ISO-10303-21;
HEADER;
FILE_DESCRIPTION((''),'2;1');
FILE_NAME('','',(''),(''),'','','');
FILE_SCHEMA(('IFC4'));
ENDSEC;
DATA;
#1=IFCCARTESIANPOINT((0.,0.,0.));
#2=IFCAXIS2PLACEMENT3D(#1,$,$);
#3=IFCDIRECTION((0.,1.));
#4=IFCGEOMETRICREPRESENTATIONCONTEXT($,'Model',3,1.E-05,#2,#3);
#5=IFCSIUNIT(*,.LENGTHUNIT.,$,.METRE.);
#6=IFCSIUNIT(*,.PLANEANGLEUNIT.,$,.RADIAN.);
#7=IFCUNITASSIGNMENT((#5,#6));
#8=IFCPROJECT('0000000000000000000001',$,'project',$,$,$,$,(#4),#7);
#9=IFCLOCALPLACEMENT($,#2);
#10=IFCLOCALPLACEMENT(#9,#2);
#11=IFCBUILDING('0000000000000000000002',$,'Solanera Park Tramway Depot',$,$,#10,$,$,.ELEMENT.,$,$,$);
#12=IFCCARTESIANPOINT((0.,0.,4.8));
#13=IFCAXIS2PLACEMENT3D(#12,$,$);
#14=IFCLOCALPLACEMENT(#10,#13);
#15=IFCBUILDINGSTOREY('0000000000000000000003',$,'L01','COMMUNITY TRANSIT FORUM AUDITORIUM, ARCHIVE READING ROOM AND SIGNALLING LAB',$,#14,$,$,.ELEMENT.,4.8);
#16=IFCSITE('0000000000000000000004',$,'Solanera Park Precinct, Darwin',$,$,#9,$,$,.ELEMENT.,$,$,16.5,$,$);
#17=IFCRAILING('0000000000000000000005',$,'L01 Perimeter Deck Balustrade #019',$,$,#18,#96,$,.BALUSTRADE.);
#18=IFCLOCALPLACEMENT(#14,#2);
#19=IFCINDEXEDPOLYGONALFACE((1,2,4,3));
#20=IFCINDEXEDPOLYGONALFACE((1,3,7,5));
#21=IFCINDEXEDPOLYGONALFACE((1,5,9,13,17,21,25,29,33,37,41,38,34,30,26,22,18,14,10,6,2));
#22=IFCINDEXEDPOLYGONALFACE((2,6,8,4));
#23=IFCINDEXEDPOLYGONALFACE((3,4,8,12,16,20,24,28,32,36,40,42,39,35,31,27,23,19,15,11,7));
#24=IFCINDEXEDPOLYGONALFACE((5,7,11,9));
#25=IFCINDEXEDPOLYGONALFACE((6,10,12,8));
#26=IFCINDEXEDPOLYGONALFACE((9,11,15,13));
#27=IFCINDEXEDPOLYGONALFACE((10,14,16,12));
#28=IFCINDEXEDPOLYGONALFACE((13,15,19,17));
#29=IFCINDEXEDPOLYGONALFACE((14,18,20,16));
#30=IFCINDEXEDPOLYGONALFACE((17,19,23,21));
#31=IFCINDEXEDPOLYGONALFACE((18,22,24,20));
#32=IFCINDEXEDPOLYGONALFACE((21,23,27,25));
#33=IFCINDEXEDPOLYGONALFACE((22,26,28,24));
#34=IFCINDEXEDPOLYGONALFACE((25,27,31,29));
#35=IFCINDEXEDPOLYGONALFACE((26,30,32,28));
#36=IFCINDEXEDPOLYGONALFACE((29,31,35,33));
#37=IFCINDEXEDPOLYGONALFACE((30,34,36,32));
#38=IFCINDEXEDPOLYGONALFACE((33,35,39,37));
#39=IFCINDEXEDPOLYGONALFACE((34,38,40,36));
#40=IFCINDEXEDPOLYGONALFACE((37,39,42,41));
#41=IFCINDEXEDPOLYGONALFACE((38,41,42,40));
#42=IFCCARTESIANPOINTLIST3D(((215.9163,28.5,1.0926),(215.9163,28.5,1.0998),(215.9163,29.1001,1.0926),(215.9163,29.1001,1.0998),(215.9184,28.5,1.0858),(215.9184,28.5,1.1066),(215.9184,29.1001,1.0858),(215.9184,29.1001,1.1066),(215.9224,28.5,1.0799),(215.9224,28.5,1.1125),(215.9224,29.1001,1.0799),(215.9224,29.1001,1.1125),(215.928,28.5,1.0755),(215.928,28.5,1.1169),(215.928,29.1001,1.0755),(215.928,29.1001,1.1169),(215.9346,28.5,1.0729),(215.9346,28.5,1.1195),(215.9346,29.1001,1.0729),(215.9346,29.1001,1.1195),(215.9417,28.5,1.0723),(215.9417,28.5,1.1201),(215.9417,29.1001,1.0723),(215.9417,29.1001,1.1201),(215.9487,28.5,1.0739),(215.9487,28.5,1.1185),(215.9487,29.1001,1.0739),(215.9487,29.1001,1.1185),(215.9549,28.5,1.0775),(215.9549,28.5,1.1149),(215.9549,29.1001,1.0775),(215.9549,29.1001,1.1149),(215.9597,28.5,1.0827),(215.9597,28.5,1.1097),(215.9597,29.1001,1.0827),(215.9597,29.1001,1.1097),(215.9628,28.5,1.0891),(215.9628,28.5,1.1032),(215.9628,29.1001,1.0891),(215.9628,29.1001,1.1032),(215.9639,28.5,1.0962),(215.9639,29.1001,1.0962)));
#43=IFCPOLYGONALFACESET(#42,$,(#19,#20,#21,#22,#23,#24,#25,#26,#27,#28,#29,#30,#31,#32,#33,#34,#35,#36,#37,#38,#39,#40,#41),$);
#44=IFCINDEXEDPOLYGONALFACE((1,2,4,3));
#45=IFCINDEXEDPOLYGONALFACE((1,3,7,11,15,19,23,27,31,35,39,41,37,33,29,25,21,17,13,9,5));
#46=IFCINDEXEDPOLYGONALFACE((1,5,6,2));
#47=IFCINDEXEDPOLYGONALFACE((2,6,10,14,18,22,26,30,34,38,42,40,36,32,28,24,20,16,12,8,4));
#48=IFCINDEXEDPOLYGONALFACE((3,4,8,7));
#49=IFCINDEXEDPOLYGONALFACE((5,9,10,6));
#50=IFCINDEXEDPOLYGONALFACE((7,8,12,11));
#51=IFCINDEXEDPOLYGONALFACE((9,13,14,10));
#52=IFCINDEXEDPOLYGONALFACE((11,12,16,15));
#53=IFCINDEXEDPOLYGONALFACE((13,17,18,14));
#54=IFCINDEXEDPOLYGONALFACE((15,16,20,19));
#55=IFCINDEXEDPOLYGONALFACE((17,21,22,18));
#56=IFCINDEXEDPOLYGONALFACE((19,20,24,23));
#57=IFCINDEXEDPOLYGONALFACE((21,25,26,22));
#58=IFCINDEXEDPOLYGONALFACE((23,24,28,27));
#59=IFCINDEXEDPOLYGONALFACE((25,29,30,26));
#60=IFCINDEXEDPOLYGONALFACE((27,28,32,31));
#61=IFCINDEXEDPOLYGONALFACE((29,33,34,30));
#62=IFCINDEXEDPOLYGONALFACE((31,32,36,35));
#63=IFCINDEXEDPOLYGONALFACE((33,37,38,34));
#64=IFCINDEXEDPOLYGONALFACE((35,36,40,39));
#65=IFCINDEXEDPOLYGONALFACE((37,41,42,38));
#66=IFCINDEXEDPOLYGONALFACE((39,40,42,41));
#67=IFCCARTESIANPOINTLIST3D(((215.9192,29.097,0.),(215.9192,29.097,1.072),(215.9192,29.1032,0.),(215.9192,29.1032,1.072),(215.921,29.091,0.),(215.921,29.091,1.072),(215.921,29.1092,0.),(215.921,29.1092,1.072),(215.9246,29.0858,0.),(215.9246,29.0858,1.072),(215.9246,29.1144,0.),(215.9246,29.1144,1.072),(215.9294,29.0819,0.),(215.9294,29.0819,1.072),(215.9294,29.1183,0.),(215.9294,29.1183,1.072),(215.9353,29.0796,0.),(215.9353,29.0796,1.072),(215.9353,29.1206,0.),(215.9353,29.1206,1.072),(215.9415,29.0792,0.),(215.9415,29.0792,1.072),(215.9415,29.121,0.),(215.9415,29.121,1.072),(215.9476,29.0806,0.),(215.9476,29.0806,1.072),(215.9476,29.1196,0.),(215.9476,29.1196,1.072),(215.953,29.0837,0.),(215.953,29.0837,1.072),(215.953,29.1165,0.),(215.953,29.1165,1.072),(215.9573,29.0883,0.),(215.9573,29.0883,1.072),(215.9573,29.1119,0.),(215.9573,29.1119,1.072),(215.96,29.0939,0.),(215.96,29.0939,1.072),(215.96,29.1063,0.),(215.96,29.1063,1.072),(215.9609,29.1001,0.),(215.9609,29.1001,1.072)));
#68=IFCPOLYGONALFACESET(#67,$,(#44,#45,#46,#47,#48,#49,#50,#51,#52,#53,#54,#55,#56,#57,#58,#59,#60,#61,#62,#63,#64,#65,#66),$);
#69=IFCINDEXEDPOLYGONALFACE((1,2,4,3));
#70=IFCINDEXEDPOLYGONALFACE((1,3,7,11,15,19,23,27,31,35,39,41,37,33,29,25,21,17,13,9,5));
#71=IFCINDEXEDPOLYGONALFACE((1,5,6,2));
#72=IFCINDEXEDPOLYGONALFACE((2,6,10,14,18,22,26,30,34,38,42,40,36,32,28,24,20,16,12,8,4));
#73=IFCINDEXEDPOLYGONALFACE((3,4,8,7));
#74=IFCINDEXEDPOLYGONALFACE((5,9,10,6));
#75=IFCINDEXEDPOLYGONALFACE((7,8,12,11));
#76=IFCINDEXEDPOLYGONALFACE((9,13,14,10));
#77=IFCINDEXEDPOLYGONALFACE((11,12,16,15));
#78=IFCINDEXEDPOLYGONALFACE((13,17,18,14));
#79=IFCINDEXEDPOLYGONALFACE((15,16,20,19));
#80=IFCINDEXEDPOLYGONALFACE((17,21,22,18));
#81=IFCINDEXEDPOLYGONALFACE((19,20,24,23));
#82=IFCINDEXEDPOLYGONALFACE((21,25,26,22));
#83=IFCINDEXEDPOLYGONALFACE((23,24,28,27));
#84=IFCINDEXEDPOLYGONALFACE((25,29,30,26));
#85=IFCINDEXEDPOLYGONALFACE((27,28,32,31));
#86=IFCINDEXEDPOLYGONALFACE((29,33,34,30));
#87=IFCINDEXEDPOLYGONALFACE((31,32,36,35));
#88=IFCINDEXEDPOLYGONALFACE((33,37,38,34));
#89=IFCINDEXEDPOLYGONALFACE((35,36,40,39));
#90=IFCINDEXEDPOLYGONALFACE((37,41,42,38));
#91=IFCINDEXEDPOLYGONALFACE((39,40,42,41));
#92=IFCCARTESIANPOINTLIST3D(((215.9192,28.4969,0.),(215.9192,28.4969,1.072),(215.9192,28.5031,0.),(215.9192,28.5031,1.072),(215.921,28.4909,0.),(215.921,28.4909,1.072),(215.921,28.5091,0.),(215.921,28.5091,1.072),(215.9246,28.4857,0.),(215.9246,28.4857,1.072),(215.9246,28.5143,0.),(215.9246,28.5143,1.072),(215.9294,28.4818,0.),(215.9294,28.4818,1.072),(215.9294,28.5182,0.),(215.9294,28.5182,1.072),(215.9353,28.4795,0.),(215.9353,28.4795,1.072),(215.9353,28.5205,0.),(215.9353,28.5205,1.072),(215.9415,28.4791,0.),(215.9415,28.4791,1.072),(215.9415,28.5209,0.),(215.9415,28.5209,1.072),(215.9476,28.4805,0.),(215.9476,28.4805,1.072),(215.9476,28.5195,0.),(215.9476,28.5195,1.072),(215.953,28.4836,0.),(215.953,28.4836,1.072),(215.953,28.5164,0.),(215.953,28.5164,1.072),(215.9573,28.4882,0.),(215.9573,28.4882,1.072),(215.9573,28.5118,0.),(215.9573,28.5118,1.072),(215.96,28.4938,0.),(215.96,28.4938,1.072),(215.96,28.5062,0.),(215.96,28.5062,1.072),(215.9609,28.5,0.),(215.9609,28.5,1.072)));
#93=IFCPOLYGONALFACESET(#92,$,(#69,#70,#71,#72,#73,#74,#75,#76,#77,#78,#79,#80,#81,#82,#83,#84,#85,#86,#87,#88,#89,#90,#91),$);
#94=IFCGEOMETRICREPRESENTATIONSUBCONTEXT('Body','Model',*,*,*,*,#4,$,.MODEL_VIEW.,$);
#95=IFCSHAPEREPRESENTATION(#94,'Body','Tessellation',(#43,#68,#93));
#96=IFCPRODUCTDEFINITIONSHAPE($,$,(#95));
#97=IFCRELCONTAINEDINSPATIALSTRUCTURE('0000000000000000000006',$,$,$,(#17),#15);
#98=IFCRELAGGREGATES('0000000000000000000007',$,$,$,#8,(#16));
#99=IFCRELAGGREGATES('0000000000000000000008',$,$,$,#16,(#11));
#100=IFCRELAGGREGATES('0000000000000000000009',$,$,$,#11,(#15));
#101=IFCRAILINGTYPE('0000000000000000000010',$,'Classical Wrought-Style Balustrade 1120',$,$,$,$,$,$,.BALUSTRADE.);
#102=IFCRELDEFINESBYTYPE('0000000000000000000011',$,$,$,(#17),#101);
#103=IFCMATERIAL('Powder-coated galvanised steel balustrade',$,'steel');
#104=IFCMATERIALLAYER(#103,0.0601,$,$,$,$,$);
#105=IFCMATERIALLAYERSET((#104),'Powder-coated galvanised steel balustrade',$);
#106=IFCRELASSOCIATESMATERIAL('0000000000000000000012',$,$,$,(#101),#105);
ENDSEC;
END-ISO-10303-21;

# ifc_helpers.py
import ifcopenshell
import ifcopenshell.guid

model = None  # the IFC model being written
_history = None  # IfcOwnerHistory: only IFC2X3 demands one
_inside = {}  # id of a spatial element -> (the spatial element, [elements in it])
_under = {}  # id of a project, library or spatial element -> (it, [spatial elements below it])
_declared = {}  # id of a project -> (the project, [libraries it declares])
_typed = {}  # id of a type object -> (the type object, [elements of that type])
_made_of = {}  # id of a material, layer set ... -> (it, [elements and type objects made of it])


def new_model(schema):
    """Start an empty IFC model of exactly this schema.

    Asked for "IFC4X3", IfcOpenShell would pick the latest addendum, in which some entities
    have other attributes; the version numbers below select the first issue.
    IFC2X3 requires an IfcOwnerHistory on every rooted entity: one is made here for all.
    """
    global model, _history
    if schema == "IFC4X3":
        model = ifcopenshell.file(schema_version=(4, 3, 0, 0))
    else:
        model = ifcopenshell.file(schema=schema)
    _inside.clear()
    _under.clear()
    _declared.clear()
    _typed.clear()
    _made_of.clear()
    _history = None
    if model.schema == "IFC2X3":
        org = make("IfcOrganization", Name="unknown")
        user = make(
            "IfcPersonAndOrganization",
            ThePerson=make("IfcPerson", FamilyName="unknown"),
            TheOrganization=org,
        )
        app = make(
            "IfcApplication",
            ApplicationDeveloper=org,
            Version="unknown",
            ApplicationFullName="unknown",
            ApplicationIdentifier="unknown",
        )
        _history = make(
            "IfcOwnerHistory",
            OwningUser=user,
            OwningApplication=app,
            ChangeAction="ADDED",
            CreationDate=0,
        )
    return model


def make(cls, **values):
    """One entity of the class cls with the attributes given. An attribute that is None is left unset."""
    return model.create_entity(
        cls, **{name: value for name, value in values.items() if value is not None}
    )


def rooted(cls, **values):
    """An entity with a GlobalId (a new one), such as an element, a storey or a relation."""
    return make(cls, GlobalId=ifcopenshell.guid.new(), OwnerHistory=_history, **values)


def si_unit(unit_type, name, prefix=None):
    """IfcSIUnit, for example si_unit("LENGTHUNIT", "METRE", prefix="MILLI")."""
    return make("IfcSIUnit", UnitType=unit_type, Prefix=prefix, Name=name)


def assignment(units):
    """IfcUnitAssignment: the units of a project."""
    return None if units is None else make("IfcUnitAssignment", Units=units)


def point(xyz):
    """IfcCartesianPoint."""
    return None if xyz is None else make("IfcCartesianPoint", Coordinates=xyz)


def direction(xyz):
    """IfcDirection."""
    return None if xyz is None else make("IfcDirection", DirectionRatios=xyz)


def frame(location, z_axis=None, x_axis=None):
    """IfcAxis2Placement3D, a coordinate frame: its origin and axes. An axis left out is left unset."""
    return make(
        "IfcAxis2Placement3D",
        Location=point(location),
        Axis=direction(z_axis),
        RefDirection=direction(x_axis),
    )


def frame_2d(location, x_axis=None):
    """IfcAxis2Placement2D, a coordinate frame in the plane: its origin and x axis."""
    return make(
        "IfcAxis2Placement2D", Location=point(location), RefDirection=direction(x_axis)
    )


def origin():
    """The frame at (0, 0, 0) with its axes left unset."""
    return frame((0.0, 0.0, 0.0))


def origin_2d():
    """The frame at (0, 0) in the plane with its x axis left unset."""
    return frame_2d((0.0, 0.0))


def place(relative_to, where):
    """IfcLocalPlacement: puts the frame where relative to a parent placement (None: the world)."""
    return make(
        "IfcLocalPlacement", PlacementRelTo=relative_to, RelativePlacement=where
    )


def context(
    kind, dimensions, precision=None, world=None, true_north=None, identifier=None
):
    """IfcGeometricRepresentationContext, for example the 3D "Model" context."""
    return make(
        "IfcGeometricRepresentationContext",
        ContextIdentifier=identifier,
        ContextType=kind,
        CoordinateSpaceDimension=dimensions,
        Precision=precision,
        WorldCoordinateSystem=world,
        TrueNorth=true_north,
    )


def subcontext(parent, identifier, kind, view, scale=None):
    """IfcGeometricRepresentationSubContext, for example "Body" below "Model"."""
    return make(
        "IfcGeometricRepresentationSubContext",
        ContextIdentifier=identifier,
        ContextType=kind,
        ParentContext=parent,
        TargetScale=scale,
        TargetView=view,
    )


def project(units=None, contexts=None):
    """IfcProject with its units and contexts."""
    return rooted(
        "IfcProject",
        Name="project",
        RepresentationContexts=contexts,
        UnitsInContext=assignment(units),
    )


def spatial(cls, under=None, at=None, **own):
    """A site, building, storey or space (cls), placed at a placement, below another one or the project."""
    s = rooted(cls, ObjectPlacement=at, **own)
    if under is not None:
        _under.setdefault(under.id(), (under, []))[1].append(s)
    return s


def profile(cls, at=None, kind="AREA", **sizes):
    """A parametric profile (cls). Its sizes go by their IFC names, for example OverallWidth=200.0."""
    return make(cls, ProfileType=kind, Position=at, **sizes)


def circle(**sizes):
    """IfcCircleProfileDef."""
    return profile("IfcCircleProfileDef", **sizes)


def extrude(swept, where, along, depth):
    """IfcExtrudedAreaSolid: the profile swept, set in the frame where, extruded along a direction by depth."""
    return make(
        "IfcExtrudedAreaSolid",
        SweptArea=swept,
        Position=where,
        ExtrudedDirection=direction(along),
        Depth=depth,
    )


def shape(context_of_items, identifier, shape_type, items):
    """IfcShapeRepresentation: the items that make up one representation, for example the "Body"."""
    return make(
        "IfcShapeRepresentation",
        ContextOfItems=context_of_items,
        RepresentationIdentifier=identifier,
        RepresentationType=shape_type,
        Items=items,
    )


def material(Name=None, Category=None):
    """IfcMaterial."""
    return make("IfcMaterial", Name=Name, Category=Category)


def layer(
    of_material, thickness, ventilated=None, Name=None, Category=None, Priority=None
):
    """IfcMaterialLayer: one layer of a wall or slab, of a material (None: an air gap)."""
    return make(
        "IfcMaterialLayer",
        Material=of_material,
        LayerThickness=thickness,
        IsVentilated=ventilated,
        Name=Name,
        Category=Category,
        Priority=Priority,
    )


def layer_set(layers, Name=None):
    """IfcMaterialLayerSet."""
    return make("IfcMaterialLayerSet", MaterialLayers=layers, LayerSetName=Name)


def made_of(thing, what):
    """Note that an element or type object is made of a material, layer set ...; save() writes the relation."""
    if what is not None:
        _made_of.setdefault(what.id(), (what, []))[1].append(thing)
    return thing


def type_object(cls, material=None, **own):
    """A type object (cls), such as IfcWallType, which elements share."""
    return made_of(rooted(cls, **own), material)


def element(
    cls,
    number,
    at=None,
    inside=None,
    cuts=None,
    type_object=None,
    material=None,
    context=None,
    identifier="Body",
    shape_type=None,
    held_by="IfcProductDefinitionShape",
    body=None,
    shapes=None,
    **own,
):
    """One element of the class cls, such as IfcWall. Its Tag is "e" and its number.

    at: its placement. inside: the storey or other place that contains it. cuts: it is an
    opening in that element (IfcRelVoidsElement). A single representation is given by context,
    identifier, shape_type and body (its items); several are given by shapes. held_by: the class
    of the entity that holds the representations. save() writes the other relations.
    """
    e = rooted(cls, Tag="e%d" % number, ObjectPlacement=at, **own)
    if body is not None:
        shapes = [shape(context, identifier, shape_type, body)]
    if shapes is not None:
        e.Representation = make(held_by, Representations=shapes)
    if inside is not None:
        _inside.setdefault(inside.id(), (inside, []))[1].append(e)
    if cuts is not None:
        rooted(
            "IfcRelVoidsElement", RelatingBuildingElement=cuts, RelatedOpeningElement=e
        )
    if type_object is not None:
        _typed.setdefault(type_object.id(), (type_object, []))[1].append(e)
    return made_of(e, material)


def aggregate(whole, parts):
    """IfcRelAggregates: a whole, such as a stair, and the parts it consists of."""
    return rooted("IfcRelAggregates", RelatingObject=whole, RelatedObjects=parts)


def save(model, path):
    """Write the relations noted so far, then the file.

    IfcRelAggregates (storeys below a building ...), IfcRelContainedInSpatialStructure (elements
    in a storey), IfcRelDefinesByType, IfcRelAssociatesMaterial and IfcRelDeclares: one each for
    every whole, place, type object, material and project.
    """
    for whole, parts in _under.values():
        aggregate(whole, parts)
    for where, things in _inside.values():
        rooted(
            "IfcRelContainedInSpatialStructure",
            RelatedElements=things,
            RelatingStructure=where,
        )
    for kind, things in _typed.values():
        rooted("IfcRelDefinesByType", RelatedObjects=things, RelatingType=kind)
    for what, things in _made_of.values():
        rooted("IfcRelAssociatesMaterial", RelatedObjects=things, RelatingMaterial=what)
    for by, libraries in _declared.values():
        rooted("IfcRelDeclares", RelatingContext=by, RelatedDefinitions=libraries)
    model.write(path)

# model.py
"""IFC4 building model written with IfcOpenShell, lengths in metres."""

from ifc_helpers import new_model, si_unit, direction, frame, origin, origin_2d, place, context, subcontext, project, spatial, circle, extrude, material, layer, layer_set, type_object, element, save


model = new_model("IFC4")

# Units and contexts
model_context = context("Model", 3, precision=1e-05, world=origin(), true_north=direction((0.0, 1.0)))
body_context = subcontext(model_context, "Body", "Model", "MODEL_VIEW")
ifc_project = project(units=[si_unit("LENGTHUNIT", "METRE"), si_unit("PLANEANGLEUNIT", "RADIAN")], contexts=[model_context])

# Site, building, storey
site_placement = place(None, origin())
site = spatial("IfcSite", under=ifc_project, at=site_placement, Name="Solanera Park Precinct, Darwin", CompositionType="ELEMENT", RefElevation=16.5)
building_placement = place(site_placement, origin())
building = spatial("IfcBuilding", under=site, at=building_placement, Name="Solanera Park Tramway Depot", CompositionType="ELEMENT")
storey_placement = place(building_placement, frame((0.0, 0.0, 4.8)))
storey = spatial("IfcBuildingStorey", under=building, at=storey_placement, Name="L01", Description="COMMUNITY TRANSIT FORUM AUDITORIUM, ARCHIVE READING ROOM AND SIGNALLING LAB", CompositionType="ELEMENT", Elevation=4.8)

# Railing
ifc_material_1 = material(Name="Powder-coated galvanised steel balustrade", Category="steel")
ifc_layer_1 = layer(ifc_material_1, 0.0601)
ifc_layer_set_1 = layer_set([ifc_layer_1], Name="Powder-coated galvanised steel balustrade")
railing_type = type_object("IfcRailingType", Name="Classical Wrought-Style Balustrade 1120", PredefinedType="BALUSTRADE", material=ifc_layer_set_1)
railing_placement = place(storey_placement, frame((215.9399, 29.1001, 0.0)))
element("IfcRailing", 1, at=railing_placement, inside=storey, type_object=railing_type, Name="L01 Perimeter Deck Balustrade #019", PredefinedType="BALUSTRADE", context=body_context, shape_type="SweptSolid", body=[
    extrude(circle(Radius=0.0239, at=origin_2d()), frame((0.0, 0.0, 1.0962), z_axis=(0.0, -1.0, 0.0), x_axis=(1.0, 0.0, 0.0)), (0.0, 0.0, 1.0), 0.6001),
    extrude(circle(Radius=0.021, at=origin_2d()), origin(), (0.0, 0.0, 1.0), 1.072),
    extrude(circle(Radius=0.021, at=origin_2d()), frame((0.0, -0.6001, 0.0)), (0.0, 0.0, 1.0), 1.072),
])

save(model, "model.ifc")
